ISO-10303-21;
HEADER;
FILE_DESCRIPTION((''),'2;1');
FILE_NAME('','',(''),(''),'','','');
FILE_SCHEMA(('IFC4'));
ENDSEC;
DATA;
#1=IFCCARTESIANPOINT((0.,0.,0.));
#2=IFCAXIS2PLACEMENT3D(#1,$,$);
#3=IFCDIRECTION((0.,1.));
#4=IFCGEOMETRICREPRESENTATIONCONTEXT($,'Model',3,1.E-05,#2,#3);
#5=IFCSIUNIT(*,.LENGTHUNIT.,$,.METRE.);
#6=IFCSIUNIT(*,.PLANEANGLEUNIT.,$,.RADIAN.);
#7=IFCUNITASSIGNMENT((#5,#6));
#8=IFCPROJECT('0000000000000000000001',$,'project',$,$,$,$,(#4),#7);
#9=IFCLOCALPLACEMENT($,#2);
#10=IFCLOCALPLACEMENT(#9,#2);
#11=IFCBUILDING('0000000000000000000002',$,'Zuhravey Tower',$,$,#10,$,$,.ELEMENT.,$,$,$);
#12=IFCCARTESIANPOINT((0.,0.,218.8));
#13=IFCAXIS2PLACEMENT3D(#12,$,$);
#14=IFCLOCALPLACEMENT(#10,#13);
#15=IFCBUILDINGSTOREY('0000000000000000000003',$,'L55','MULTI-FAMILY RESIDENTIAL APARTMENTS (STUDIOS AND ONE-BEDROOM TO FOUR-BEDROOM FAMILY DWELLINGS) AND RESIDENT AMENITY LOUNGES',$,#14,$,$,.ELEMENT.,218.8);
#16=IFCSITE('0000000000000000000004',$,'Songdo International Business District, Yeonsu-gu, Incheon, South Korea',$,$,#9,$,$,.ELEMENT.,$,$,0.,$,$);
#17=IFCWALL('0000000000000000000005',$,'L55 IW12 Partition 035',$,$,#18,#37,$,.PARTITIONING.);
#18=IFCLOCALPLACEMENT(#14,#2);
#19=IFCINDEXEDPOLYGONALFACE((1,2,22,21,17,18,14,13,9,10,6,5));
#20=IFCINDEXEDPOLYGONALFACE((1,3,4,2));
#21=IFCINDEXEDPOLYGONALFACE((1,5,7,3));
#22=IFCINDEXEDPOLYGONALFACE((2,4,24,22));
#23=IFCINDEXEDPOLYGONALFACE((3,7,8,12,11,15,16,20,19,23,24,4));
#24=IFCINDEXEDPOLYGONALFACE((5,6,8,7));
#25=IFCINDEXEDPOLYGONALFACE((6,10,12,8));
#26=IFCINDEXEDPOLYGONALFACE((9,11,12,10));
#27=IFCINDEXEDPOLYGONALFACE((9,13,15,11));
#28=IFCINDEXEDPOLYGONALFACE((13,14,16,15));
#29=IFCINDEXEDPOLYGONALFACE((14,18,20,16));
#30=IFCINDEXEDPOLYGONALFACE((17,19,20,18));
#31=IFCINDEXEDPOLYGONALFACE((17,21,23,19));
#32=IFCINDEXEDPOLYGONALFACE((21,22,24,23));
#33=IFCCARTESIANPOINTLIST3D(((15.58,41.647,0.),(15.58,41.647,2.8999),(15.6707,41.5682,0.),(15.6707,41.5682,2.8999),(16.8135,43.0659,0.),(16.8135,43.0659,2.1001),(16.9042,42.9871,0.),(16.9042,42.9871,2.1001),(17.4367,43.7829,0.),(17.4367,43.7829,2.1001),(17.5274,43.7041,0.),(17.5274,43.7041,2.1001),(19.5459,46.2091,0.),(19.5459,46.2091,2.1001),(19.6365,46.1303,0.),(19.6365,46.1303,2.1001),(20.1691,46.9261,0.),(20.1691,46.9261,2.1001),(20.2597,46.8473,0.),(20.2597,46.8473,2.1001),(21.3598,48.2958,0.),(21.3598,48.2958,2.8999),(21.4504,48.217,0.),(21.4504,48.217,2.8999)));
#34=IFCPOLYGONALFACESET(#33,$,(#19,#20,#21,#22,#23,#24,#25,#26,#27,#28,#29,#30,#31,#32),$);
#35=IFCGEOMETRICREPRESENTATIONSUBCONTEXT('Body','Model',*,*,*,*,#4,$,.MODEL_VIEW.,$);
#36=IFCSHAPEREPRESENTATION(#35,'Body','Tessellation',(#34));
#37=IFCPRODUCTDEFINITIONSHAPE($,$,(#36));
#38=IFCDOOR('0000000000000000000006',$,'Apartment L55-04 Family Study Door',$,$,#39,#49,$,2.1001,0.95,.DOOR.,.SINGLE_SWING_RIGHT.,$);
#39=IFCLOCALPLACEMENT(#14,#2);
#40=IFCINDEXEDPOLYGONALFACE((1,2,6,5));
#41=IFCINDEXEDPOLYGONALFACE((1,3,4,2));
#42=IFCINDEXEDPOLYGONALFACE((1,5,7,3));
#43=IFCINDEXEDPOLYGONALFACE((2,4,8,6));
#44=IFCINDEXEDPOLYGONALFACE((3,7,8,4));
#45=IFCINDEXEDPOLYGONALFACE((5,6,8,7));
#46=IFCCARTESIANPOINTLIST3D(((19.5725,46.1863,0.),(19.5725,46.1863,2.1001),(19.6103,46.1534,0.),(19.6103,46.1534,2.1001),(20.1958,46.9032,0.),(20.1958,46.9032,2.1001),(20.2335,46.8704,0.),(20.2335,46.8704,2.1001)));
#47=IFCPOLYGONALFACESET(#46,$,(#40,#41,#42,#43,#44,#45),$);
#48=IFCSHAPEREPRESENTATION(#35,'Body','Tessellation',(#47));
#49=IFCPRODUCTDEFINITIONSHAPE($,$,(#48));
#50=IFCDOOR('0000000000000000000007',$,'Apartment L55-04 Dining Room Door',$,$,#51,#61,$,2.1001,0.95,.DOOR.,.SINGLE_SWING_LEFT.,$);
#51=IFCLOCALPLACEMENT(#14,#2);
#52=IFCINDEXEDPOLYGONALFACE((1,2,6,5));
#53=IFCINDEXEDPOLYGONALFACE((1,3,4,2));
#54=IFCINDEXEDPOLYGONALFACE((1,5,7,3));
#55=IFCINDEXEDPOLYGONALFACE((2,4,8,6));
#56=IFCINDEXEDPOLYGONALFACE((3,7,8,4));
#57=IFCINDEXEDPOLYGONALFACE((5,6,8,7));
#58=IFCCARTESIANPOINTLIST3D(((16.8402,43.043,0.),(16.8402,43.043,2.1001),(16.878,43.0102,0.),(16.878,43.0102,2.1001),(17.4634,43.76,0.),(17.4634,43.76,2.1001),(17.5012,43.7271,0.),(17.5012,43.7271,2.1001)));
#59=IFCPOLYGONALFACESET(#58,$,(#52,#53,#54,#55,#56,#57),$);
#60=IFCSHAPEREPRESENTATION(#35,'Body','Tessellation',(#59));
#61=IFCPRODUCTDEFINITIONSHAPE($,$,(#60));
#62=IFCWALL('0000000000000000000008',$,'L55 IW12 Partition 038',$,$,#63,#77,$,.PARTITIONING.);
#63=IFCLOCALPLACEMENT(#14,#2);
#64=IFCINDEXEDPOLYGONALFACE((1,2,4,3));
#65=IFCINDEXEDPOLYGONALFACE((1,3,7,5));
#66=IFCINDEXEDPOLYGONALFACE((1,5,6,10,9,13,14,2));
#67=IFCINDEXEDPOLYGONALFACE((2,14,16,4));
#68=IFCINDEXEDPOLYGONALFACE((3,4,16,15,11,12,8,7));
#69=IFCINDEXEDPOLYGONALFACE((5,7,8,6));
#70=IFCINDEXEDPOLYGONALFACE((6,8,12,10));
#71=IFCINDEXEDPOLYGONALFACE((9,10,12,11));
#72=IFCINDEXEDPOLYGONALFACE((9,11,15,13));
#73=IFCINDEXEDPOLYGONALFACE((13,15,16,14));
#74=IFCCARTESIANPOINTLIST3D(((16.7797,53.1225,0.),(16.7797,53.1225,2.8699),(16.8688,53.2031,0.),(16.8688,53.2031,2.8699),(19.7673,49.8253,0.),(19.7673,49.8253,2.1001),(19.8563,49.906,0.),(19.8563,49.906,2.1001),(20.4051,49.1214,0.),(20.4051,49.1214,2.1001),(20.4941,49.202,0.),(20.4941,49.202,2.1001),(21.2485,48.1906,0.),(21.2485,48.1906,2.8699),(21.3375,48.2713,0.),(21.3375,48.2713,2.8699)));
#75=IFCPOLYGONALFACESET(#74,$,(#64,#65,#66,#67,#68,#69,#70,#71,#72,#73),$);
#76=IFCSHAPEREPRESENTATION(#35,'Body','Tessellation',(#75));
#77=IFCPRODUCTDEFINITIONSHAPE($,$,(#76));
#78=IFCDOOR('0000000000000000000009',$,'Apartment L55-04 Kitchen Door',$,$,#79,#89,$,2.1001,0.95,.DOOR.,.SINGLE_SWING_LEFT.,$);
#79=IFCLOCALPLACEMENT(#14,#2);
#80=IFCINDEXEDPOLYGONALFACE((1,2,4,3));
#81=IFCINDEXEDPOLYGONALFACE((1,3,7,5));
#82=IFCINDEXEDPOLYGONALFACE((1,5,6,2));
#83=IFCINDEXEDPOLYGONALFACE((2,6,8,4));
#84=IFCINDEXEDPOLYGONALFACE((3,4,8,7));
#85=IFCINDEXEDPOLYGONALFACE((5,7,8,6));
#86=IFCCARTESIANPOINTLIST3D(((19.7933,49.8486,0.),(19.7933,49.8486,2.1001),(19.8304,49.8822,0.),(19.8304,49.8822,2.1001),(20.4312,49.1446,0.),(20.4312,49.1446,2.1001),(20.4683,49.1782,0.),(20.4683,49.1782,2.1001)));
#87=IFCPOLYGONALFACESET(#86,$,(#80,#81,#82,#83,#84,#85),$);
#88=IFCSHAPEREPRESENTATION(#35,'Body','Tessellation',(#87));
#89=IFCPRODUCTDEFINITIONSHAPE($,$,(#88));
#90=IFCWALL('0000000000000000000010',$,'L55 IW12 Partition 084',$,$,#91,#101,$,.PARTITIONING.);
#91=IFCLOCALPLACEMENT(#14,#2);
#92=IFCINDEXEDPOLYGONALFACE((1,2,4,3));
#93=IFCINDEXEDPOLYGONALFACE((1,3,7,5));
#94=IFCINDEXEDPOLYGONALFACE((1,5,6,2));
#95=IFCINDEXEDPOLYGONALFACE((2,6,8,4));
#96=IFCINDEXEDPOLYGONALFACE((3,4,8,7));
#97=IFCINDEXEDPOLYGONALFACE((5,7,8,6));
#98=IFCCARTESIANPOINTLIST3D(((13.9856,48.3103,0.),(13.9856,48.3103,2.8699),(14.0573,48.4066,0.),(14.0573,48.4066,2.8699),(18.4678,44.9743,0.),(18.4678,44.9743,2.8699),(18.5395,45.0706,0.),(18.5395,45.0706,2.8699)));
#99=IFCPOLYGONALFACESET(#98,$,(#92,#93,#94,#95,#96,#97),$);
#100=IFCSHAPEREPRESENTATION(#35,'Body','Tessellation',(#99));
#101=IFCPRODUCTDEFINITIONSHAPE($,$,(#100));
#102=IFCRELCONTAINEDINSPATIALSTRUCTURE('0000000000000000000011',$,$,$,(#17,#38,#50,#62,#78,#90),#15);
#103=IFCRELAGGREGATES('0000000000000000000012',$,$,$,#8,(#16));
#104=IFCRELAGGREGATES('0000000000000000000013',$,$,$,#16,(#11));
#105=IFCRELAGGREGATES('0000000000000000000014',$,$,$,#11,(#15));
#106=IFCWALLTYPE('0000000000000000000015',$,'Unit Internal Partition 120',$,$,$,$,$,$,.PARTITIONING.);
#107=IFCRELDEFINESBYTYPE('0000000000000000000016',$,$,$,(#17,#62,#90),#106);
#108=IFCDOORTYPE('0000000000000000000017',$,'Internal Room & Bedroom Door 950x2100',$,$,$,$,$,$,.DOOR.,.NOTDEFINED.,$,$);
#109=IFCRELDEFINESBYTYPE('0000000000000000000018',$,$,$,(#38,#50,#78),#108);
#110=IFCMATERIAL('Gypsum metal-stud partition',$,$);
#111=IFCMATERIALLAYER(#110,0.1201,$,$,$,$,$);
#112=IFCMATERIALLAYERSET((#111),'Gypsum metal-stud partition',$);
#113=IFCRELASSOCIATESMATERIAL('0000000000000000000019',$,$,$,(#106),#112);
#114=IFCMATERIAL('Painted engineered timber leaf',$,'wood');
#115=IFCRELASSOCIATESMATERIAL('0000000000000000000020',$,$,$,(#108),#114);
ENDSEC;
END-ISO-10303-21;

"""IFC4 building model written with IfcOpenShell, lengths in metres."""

from ifc_helpers import new_model, si_unit, direction, frame, frame_2d, origin, place, context, subcontext, project, spatial, rectangle, extrude, material, layer, layer_set, type_object, element, fill, save


model = new_model("IFC4")

# Units and contexts
model_context = context("Model", 3, precision=1e-05, world=origin(), true_north=direction((0.0, 1.0)))
body_context = subcontext(model_context, "Body", "Model", "MODEL_VIEW")
ifc_project = project(units=[si_unit("LENGTHUNIT", "METRE"), si_unit("PLANEANGLEUNIT", "RADIAN")], contexts=[model_context])

# Site, building, storey
site_placement = place(None, origin())
site = spatial("IfcSite", under=ifc_project, at=site_placement, Name="Songdo International Business District, Yeonsu-gu, Incheon, South Korea", CompositionType="ELEMENT", RefElevation=0.0)
building_placement = place(site_placement, origin())
building = spatial("IfcBuilding", under=site, at=building_placement, Name="Zuhravey Tower", CompositionType="ELEMENT")
storey_placement = place(building_placement, frame((0.0, 0.0, 218.8)))
storey = spatial("IfcBuildingStorey", under=building, at=storey_placement, Name="L55", Description="MULTI-FAMILY RESIDENTIAL APARTMENTS (STUDIOS AND ONE-BEDROOM TO FOUR-BEDROOM FAMILY DWELLINGS) AND RESIDENT AMENITY LOUNGES", CompositionType="ELEMENT", Elevation=218.8)

# Wall, openings, doors
ifc_material_1 = material(Name="Gypsum metal-stud partition")
ifc_layer_1 = layer(ifc_material_1, 0.1201)
ifc_layer_set_1 = layer_set([ifc_layer_1], Name="Gypsum metal-stud partition")
wall_type_1 = type_object("IfcWallType", Name="Unit Internal Partition 120", PredefinedType="PARTITIONING", material=ifc_layer_set_1)
wall_1_placement = place(storey_placement, frame((21.405, 48.2563, 0.0), z_axis=(0.0, 0.0, 1.0), x_axis=(-0.656057, -0.754712, 0.0)))
wall_1 = element("IfcWall", 1, at=wall_1_placement, inside=storey, type_object=wall_type_1, Name="L55 IW12 Partition 035", PredefinedType="PARTITIONING", context=body_context, shape_type="SweptSolid", body=[
    extrude(rectangle(XDim=8.8098, YDim=0.1201, at=frame_2d((4.4048, 0.0))), origin(), (0.0, 0.0, 1.0), 2.8999),
])
opening_1_placement = place(wall_1_placement, frame((1.8147, 0.0, 0.0)))
opening_1 = element("IfcOpeningElement", 2, at=opening_1_placement, cuts=wall_1, PredefinedType="OPENING", context=body_context, shape_type="SweptSolid", body=[
    extrude(rectangle(XDim=0.95, YDim=2.1001, at=frame_2d((0.4751, 1.05))), frame((0.0, 0.072, 0.0), z_axis=(0.0, -1.0, 0.0), x_axis=(1.0, 0.0, 0.0)), (0.0, 0.0, 1.0), 0.144),
])
opening_2_placement = place(wall_1_placement, frame((5.9795, 0.0, 0.0)))
opening_2 = element("IfcOpeningElement", 3, at=opening_2_placement, cuts=wall_1, PredefinedType="OPENING", context=body_context, shape_type="SweptSolid", body=[
    extrude(rectangle(XDim=0.95, YDim=2.1001, at=frame_2d((0.4751, 1.05))), frame((0.0, 0.072, 0.0), z_axis=(0.0, -1.0, 0.0), x_axis=(1.0, 0.0, 0.0)), (0.0, 0.0, 1.0), 0.144),
])
ifc_material_2 = material(Name="Painted engineered timber leaf", Category="wood")
door_type_1 = type_object("IfcDoorType", Name="Internal Room & Bedroom Door 950x2100", OperationType="NOTDEFINED", PredefinedType="DOOR", material=ifc_material_2)
door_1_placement = place(opening_1_placement, frame((0.95, 0.0, 0.0), z_axis=(0.0, 0.0, 1.0), x_axis=(-1.0, 0.0, 0.0)))
door_1 = element("IfcDoor", 4, at=door_1_placement, inside=storey, type_object=door_type_1, Name="Apartment L55-04 Family Study Door", OperationType="SINGLE_SWING_RIGHT", OverallHeight=2.1001, OverallWidth=0.95, PredefinedType="DOOR", context=body_context, shape_type="SweptSolid", body=[
    extrude(rectangle(XDim=0.95, YDim=2.1001, at=frame_2d((0.4751, 1.05))), frame((0.0, 0.0249, 0.0), z_axis=(0.0, -1.0, 0.0), x_axis=(1.0, 0.0, 0.0)), (0.0, 0.0, 1.0), 0.05),
])
fill(opening_1, door_1)
door_2_placement = place(opening_2_placement, frame((0.95, 0.0, 0.0), z_axis=(0.0, 0.0, 1.0), x_axis=(-1.0, 0.0, 0.0)))
door_2 = element("IfcDoor", 5, at=door_2_placement, inside=storey, type_object=door_type_1, Name="Apartment L55-04 Dining Room Door", OperationType="SINGLE_SWING_LEFT", OverallHeight=2.1001, OverallWidth=0.95, PredefinedType="DOOR", context=body_context, shape_type="SweptSolid", body=[
    extrude(rectangle(XDim=0.95, YDim=2.1001, at=frame_2d((0.4751, 1.05))), frame((0.0, 0.0249, 0.0), z_axis=(0.0, -1.0, 0.0), x_axis=(1.0, 0.0, 0.0)), (0.0, 0.0, 1.0), 0.05),
])
fill(opening_2, door_2)

# Wall, opening, door
wall_2_placement = place(storey_placement, frame((21.293, 48.231, 0.0), z_axis=(0.0, 0.0, 1.0), x_axis=(-0.671456, 0.741045, 0.0)))
wall_2 = element("IfcWall", 6, at=wall_2_placement, inside=storey, type_object=wall_type_1, Name="L55 IW12 Partition 038", PredefinedType="PARTITIONING", context=body_context, shape_type="SweptSolid", body=[
    extrude(rectangle(XDim=6.6553, YDim=0.1201, at=frame_2d((3.3276, 0.0))), origin(), (0.0, 0.0, 1.0), 2.8699),
])
opening_3_placement = place(wall_2_placement, frame((1.2559, 0.0, 0.0)))
opening_3 = element("IfcOpeningElement", 7, at=opening_3_placement, cuts=wall_2, PredefinedType="OPENING", context=body_context, shape_type="SweptSolid", body=[
    extrude(rectangle(XDim=0.95, YDim=2.1001, at=frame_2d((0.4751, 1.05))), frame((0.0, 0.072, 0.0), z_axis=(0.0, -1.0, 0.0), x_axis=(1.0, 0.0, 0.0)), (0.0, 0.0, 1.0), 0.144),
])
door_3_placement = place(opening_3_placement, frame((0.95, 0.0, 0.0), z_axis=(0.0, 0.0, 1.0), x_axis=(-1.0, 0.0, 0.0)))
door_3 = element("IfcDoor", 8, at=door_3_placement, inside=storey, type_object=door_type_1, Name="Apartment L55-04 Kitchen Door", OperationType="SINGLE_SWING_LEFT", OverallHeight=2.1001, OverallWidth=0.95, PredefinedType="DOOR", context=body_context, shape_type="SweptSolid", body=[
    extrude(rectangle(XDim=0.95, YDim=2.1001, at=frame_2d((0.4751, 1.05))), frame((0.0, 0.0249, 0.0), z_axis=(0.0, -1.0, 0.0), x_axis=(1.0, 0.0, 0.0)), (0.0, 0.0, 1.0), 0.05),
])
fill(opening_3, door_3)

# Wall
wall_3_placement = place(storey_placement, frame((18.5037, 45.0225, 0.0), z_axis=(0.0, 0.0, 1.0), x_axis=(-0.802202, 0.597053, 0.0)))
element("IfcWall", 9, at=wall_3_placement, inside=storey, type_object=wall_type_1, Name="L55 IW12 Partition 084", PredefinedType="PARTITIONING", context=body_context, shape_type="SweptSolid", body=[
    extrude(rectangle(XDim=5.5874, YDim=0.1201, at=frame_2d((2.7937, 0.0))), origin(), (0.0, 0.0, 1.0), 2.8699),
])

save(model, "model.ifc")
